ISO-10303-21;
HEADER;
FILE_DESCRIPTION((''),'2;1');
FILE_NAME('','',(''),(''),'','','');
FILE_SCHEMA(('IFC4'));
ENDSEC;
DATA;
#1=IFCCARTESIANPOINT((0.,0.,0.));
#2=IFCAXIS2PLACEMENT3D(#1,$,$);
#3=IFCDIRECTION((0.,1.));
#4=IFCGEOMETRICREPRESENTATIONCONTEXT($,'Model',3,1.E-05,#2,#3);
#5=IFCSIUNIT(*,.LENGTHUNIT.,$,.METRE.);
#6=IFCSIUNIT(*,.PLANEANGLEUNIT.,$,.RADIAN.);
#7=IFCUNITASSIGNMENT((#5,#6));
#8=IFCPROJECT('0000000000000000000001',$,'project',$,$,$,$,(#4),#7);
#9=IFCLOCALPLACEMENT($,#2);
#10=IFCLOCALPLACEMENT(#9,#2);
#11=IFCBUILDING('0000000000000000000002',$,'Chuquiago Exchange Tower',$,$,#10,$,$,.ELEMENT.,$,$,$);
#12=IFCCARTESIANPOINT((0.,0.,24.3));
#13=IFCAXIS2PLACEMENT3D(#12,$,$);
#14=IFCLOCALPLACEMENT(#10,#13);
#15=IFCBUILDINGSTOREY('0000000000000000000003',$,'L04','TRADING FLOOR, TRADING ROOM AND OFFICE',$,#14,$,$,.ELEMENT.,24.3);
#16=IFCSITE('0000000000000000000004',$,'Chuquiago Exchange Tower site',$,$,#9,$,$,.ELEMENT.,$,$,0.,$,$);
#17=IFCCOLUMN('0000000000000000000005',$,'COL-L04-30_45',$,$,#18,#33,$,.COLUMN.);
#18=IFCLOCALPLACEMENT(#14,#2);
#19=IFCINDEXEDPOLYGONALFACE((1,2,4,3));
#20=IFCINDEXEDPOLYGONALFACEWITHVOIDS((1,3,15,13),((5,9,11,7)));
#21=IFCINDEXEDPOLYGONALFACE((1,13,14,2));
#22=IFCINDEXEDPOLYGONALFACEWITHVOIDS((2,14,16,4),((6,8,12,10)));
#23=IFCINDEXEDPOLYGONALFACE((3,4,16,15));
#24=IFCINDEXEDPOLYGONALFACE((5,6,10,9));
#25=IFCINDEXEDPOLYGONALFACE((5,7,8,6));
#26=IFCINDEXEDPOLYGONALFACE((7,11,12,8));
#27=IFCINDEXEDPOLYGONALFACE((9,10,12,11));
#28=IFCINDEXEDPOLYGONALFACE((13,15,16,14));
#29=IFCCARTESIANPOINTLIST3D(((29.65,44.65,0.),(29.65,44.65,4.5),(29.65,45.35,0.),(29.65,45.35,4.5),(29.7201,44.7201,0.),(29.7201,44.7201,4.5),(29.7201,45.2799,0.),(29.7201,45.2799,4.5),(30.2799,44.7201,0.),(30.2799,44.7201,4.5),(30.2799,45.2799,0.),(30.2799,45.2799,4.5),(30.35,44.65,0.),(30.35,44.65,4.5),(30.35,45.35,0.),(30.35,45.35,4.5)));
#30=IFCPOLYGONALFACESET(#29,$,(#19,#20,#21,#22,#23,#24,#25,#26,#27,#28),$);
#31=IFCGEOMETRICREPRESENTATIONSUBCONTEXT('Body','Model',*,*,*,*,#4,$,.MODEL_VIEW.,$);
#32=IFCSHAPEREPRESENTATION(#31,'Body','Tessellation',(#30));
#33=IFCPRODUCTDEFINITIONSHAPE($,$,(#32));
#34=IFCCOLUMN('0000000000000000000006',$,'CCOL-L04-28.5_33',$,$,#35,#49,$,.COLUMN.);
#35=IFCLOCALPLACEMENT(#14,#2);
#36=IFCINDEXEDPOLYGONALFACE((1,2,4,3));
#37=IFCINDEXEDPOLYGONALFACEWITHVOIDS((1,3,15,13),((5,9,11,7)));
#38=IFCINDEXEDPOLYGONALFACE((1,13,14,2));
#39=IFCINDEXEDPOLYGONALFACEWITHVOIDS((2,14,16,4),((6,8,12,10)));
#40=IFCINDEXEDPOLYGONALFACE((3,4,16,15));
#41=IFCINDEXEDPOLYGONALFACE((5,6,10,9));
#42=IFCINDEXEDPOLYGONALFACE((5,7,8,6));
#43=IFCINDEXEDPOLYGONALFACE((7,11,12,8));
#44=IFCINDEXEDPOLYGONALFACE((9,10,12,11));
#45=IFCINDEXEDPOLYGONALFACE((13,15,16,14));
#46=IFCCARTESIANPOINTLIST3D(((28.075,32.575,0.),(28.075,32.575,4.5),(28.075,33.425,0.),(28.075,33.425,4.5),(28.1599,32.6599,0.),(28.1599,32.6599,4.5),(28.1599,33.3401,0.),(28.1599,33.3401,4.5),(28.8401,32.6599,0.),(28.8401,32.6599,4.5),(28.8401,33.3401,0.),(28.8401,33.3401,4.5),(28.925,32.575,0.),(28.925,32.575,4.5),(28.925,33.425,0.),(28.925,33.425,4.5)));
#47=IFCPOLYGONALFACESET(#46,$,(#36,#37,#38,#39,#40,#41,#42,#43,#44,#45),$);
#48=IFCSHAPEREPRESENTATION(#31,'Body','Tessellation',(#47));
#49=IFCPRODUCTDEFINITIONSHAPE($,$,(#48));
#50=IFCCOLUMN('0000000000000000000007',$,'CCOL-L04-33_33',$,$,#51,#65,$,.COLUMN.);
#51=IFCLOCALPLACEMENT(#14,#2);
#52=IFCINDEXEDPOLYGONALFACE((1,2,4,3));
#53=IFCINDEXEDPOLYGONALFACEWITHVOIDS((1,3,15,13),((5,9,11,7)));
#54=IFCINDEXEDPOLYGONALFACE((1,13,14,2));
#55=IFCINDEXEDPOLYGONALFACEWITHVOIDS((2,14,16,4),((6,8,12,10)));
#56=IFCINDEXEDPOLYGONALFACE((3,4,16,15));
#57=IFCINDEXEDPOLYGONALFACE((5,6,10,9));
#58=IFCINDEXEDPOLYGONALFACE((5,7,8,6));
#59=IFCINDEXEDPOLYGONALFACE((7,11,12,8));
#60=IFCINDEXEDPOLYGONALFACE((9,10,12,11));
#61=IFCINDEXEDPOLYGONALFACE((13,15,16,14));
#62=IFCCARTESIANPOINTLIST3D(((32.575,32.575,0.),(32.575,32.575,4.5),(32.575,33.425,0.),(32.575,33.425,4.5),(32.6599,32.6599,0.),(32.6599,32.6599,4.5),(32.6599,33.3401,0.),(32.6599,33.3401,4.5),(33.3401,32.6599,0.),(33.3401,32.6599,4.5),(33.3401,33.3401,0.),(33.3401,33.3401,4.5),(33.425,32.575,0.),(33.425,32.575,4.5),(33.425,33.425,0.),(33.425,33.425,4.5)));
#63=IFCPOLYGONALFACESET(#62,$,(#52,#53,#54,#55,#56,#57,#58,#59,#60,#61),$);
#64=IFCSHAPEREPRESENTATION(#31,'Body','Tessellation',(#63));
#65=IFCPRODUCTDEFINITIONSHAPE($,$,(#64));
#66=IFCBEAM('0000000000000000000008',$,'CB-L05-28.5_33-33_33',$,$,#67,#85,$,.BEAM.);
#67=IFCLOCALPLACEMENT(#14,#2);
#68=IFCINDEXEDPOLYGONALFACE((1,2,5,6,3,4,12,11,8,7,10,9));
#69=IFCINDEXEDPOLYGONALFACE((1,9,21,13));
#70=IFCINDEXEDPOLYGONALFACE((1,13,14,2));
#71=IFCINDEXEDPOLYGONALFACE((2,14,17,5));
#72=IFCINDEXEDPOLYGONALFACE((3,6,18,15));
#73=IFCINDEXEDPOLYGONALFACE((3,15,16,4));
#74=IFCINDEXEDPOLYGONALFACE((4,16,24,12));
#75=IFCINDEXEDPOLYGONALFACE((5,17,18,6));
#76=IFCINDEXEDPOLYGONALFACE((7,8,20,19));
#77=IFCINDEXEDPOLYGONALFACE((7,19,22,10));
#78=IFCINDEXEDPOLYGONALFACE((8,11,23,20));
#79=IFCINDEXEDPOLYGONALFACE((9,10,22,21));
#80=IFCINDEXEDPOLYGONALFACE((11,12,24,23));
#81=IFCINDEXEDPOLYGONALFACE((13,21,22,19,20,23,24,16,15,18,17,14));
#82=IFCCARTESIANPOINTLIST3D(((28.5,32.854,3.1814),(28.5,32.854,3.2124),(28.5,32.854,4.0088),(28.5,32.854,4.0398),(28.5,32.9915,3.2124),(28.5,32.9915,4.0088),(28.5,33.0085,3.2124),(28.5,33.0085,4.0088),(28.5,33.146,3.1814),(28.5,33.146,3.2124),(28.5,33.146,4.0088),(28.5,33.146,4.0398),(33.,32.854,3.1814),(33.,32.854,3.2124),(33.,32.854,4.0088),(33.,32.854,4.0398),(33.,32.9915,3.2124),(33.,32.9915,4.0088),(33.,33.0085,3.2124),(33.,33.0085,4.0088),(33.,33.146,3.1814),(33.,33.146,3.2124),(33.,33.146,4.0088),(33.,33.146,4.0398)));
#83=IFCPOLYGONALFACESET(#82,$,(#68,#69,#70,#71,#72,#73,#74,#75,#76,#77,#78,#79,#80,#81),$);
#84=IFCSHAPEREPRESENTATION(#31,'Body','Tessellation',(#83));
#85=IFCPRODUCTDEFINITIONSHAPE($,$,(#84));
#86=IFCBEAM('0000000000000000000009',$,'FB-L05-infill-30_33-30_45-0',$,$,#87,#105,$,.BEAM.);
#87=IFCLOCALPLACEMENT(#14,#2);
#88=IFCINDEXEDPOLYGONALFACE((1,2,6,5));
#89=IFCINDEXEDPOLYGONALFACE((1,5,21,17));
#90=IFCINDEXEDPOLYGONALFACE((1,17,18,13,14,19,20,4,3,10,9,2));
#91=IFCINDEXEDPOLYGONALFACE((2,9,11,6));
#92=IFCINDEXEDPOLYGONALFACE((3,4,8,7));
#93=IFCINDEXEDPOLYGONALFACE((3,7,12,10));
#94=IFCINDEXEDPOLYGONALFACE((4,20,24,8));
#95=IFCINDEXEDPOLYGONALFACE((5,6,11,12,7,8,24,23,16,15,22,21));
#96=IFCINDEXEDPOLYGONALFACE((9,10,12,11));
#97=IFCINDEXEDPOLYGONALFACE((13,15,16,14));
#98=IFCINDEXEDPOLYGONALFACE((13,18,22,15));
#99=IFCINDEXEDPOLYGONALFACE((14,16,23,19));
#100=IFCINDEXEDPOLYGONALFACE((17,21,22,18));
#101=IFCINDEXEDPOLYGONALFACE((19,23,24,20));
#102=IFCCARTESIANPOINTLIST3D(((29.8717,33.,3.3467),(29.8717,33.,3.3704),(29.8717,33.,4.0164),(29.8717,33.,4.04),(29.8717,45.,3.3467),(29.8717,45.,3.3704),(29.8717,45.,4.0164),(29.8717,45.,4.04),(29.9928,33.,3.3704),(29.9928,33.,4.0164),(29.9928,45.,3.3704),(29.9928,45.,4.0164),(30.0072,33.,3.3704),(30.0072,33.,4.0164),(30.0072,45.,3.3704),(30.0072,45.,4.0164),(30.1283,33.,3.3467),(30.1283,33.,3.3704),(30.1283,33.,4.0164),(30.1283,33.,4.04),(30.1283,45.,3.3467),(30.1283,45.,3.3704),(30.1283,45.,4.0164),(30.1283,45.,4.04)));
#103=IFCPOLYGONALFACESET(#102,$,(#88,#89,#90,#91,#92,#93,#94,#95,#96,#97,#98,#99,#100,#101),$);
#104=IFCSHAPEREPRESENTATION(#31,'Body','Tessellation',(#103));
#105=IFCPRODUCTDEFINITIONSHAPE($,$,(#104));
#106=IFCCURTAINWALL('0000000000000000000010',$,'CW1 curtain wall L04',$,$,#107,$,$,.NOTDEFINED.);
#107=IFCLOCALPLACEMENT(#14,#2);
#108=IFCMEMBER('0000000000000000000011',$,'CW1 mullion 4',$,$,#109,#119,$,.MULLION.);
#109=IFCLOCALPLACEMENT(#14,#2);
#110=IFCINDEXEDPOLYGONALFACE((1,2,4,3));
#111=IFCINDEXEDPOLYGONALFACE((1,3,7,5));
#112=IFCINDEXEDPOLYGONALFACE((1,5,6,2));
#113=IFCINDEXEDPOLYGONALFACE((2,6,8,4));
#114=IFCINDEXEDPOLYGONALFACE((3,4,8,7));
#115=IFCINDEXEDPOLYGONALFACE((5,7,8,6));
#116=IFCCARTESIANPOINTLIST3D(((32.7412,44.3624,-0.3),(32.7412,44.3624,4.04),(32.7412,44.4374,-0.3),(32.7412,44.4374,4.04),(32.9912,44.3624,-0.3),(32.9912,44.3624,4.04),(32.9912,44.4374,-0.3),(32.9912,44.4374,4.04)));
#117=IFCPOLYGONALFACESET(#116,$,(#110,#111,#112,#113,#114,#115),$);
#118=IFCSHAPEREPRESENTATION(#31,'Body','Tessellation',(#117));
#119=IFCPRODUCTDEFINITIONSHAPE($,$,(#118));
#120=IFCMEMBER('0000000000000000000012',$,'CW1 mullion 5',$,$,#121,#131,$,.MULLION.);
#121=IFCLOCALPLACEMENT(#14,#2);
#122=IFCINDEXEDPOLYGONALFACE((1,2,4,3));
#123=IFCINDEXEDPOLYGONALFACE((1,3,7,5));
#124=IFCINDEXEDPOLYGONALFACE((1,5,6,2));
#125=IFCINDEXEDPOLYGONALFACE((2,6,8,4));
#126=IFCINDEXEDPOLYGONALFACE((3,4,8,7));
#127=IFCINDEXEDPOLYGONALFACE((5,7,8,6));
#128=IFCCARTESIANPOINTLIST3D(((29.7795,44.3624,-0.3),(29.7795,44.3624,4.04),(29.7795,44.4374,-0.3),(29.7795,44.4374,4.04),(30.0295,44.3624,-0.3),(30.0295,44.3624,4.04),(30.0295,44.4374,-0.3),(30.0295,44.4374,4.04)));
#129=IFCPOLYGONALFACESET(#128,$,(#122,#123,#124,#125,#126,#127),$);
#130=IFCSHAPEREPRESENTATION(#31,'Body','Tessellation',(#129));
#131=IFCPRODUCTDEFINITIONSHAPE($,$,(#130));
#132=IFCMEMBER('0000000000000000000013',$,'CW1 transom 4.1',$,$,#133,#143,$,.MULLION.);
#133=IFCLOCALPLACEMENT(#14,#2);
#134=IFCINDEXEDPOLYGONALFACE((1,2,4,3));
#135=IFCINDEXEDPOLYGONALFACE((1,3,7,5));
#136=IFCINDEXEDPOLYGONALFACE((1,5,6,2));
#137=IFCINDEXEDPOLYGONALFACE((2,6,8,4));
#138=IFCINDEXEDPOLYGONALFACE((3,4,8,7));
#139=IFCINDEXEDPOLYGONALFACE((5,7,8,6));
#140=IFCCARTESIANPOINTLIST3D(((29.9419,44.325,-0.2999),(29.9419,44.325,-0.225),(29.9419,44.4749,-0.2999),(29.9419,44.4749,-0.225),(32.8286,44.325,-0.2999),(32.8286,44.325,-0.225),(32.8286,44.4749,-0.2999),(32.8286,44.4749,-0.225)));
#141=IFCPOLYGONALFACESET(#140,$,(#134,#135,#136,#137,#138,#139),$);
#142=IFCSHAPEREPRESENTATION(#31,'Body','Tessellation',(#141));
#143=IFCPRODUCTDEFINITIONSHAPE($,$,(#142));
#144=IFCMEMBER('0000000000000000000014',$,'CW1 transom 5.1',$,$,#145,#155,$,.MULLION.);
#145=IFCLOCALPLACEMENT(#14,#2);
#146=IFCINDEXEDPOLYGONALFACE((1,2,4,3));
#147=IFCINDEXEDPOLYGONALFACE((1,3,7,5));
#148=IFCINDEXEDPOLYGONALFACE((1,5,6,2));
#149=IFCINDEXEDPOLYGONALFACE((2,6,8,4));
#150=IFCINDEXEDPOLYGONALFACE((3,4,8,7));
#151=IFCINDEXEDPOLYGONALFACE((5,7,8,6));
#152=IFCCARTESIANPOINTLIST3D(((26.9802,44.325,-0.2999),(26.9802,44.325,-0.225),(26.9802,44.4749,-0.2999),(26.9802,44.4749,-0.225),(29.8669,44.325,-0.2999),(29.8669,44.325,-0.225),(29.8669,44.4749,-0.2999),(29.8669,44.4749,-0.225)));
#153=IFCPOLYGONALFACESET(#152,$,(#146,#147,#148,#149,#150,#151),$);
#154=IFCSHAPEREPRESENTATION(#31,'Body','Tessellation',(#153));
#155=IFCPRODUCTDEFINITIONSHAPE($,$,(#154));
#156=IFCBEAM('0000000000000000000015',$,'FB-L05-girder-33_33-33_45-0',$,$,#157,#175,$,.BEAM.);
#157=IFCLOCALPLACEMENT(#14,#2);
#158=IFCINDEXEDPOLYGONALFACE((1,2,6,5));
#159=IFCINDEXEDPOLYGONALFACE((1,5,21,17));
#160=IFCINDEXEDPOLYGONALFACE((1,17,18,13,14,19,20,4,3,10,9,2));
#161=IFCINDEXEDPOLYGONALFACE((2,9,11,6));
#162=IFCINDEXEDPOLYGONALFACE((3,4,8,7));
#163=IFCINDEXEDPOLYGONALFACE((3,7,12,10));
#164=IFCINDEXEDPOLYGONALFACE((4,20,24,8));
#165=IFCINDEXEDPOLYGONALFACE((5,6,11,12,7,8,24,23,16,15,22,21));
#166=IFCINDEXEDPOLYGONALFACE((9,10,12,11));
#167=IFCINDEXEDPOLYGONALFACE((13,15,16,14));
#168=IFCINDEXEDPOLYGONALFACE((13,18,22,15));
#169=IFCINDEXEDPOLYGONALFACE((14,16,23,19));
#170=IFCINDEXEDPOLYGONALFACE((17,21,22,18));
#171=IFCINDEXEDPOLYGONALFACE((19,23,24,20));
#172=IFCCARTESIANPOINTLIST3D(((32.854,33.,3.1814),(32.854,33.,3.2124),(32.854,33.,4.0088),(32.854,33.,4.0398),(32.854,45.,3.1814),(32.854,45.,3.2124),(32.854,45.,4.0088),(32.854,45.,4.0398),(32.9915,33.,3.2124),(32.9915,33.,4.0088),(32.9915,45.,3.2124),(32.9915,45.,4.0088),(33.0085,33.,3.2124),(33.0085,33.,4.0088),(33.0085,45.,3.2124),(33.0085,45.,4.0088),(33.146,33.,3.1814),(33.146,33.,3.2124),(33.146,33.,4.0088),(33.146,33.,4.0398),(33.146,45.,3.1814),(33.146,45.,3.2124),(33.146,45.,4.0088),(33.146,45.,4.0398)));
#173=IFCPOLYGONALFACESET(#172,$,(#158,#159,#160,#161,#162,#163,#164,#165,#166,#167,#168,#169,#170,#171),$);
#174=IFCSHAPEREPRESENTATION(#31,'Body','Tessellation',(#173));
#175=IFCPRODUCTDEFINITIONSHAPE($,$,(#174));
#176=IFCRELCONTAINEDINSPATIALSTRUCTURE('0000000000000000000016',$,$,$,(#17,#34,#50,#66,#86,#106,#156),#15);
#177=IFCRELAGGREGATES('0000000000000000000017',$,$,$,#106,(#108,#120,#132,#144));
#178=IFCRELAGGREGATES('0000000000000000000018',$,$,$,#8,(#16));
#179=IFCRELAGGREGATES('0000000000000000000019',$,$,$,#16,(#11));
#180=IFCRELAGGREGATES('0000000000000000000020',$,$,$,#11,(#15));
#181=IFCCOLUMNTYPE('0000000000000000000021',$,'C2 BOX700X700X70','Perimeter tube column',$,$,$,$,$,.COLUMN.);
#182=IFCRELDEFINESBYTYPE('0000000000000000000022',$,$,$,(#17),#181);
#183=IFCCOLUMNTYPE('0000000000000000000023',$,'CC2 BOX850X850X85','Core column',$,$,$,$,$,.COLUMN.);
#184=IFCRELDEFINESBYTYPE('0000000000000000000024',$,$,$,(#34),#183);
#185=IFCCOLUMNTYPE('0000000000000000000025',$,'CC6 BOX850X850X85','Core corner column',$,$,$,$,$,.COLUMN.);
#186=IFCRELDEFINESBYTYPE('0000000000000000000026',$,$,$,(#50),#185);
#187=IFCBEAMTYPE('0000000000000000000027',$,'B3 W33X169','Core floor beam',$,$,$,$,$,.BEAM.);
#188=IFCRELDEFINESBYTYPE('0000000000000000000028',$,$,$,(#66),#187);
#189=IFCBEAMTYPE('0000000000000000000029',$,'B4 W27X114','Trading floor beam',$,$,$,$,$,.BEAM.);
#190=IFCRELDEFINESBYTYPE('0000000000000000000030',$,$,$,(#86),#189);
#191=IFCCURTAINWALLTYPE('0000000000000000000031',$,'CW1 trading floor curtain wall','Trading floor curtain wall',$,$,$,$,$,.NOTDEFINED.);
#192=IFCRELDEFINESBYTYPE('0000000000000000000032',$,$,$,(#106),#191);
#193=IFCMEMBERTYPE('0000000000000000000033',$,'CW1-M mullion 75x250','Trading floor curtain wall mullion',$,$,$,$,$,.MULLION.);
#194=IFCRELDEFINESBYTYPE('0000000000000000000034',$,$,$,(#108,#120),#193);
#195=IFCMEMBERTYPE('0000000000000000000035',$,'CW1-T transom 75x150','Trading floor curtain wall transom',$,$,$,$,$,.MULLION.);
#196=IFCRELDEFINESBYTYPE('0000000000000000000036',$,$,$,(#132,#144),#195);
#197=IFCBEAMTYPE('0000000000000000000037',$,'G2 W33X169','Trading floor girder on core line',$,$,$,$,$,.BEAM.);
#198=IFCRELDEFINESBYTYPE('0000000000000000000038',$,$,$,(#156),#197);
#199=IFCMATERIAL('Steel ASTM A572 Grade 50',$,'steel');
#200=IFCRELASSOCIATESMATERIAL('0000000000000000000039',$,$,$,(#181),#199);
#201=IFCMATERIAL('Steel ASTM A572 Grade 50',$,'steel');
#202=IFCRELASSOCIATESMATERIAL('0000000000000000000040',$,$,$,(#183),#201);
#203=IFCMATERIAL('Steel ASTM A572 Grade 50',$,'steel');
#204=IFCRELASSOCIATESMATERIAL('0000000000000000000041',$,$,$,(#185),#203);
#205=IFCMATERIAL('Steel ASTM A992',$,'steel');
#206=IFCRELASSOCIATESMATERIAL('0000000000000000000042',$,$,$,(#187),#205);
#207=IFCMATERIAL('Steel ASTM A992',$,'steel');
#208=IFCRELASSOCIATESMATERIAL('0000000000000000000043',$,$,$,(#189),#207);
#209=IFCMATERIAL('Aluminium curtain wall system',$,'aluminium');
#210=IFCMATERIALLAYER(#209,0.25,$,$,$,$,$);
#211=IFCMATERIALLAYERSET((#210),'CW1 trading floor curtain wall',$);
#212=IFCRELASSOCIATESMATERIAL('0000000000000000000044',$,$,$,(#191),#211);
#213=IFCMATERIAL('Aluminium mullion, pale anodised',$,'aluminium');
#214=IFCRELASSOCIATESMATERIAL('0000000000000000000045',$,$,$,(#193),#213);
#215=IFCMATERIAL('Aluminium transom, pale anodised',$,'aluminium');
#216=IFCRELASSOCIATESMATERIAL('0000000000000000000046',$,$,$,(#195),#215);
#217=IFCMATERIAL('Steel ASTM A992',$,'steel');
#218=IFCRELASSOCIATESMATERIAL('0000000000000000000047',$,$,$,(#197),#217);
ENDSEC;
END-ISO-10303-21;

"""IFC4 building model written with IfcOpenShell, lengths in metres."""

from ifc_helpers import new_model, si_unit, direction, frame, origin, origin_2d, place, context, subcontext, project, spatial, rectangle, hollow_rectangle, i_section, extrude, material, layer, layer_set, material_profile, profile_set, type_object, element, aggregate, save


model = new_model("IFC4")

# Units and contexts
model_context = context("Model", 3, precision=1e-05, world=origin(), true_north=direction((0.0, 1.0)))
body_context = subcontext(model_context, "Body", "Model", "MODEL_VIEW")
ifc_project = project(units=[si_unit("LENGTHUNIT", "METRE"), si_unit("PLANEANGLEUNIT", "RADIAN")], contexts=[model_context])

# Site, building, storey
site_placement = place(None, origin())
site = spatial("IfcSite", under=ifc_project, at=site_placement, Name="Chuquiago Exchange Tower site", CompositionType="ELEMENT", RefElevation=0.0)
building_placement = place(site_placement, origin())
building = spatial("IfcBuilding", under=site, at=building_placement, Name="Chuquiago Exchange Tower", CompositionType="ELEMENT")
storey_placement = place(building_placement, frame((0.0, 0.0, 24.3)))
storey = spatial("IfcBuildingStorey", under=building, at=storey_placement, Name="L04", Description="TRADING FLOOR, TRADING ROOM AND OFFICE", CompositionType="ELEMENT", Elevation=24.3)

# Columns
ifc_material_1 = material(Name="Steel ASTM A572 Grade 50", Category="steel")
ifc_material_profile_1 = material_profile(ifc_material_1, hollow_rectangle(XDim=0.7, YDim=0.7, WallThickness=0.0701, at=origin_2d()), Name="BOX700X700X70")
ifc_profile_set_1 = profile_set([ifc_material_profile_1], Name="Steel ASTM A572 Grade 50")
column_type_1 = type_object("IfcColumnType", Name="C2 BOX700X700X70", Description="Perimeter tube column", PredefinedType="COLUMN", material=ifc_profile_set_1)
column_1_placement = place(storey_placement, frame((30.0, 45.0, 0.0), z_axis=(0.0, 0.0, 1.0), x_axis=(0.0, 1.0, 0.0)))
element("IfcColumn", 1, at=column_1_placement, inside=storey, type_object=column_type_1, Name="COL-L04-30_45", PredefinedType="COLUMN", context=body_context, shape_type="SweptSolid", body=[
    extrude(hollow_rectangle(XDim=0.7, YDim=0.7, WallThickness=0.0701, at=origin_2d()), origin(), (0.0, 0.0, 1.0), 4.5),
])
ifc_material_2 = material(Name="Steel ASTM A572 Grade 50", Category="steel")
ifc_material_profile_2 = material_profile(ifc_material_2, hollow_rectangle(XDim=0.8501, YDim=0.8501, WallThickness=0.085, at=origin_2d()), Name="BOX850X850X85")
ifc_profile_set_2 = profile_set([ifc_material_profile_2], Name="Steel ASTM A572 Grade 50")
column_type_2 = type_object("IfcColumnType", Name="CC2 BOX850X850X85", Description="Core column", PredefinedType="COLUMN", material=ifc_profile_set_2)
column_2_placement = place(storey_placement, frame((28.5, 33.0, 0.0), z_axis=(0.0, 0.0, 1.0), x_axis=(1.0, 0.0, 0.0)))
element("IfcColumn", 2, at=column_2_placement, inside=storey, type_object=column_type_2, Name="CCOL-L04-28.5_33", PredefinedType="COLUMN", context=body_context, shape_type="SweptSolid", body=[
    extrude(hollow_rectangle(XDim=0.8501, YDim=0.8501, WallThickness=0.085, at=origin_2d()), origin(), (0.0, 0.0, 1.0), 4.5),
])
ifc_material_3 = material(Name="Steel ASTM A572 Grade 50", Category="steel")
ifc_material_profile_3 = material_profile(ifc_material_3, hollow_rectangle(XDim=0.8501, YDim=0.8501, WallThickness=0.085, at=origin_2d()), Name="BOX850X850X85")
ifc_profile_set_3 = profile_set([ifc_material_profile_3], Name="Steel ASTM A572 Grade 50")
column_type_3 = type_object("IfcColumnType", Name="CC6 BOX850X850X85", Description="Core corner column", PredefinedType="COLUMN", material=ifc_profile_set_3)
column_3_placement = place(storey_placement, frame((33.0, 33.0, 0.0), z_axis=(0.0, 0.0, 1.0), x_axis=(1.0, 0.0, 0.0)))
element("IfcColumn", 3, at=column_3_placement, inside=storey, type_object=column_type_3, Name="CCOL-L04-33_33", PredefinedType="COLUMN", context=body_context, shape_type="SweptSolid", body=[
    extrude(hollow_rectangle(XDim=0.8501, YDim=0.8501, WallThickness=0.085, at=origin_2d()), origin(), (0.0, 0.0, 1.0), 4.5),
])

# Beams
ifc_material_4 = material(Name="Steel ASTM A992", Category="steel")
ifc_material_profile_4 = material_profile(ifc_material_4, i_section(OverallWidth=0.292, OverallDepth=0.8584, WebThickness=0.0171, FlangeThickness=0.031, at=origin_2d()), Name="W33X169")
ifc_profile_set_4 = profile_set([ifc_material_profile_4], Name="Steel ASTM A992")
beam_type_1 = type_object("IfcBeamType", Name="B3 W33X169", Description="Core floor beam", PredefinedType="BEAM", material=ifc_profile_set_4)
beam_1_placement = place(storey_placement, frame((28.5, 33.0, 3.6106), z_axis=(1.0, 0.0, 0.0), x_axis=(0.0, 1.0, 0.0)))
element("IfcBeam", 4, at=beam_1_placement, inside=storey, type_object=beam_type_1, Name="CB-L05-28.5_33-33_33", PredefinedType="BEAM", context=body_context, shape_type="SweptSolid", body=[
    extrude(i_section(OverallWidth=0.292, OverallDepth=0.8584, WebThickness=0.0171, FlangeThickness=0.031, at=origin_2d()), origin(), (0.0, 0.0, 1.0), 4.5),
])
ifc_material_5 = material(Name="Steel ASTM A992", Category="steel")
ifc_material_profile_5 = material_profile(ifc_material_5, i_section(OverallWidth=0.2566, OverallDepth=0.6934, WebThickness=0.0144, FlangeThickness=0.0237, at=origin_2d()), Name="W27X114")
ifc_profile_set_5 = profile_set([ifc_material_profile_5], Name="Steel ASTM A992")
beam_type_2 = type_object("IfcBeamType", Name="B4 W27X114", Description="Trading floor beam", PredefinedType="BEAM", material=ifc_profile_set_5)
beam_2_placement = place(storey_placement, frame((30.0, 33.0, 3.6934), z_axis=(0.0, 1.0, 0.0), x_axis=(-1.0, 0.0, 0.0)))
element("IfcBeam", 5, at=beam_2_placement, inside=storey, type_object=beam_type_2, Name="FB-L05-infill-30_33-30_45-0", PredefinedType="BEAM", context=body_context, shape_type="SweptSolid", body=[
    extrude(i_section(OverallWidth=0.2566, OverallDepth=0.6934, WebThickness=0.0144, FlangeThickness=0.0237, at=origin_2d()), origin(), (0.0, 0.0, 1.0), 12.0),
])

# Curtain wall, members
ifc_material_6 = material(Name="Aluminium curtain wall system", Category="aluminium")
ifc_layer_1 = layer(ifc_material_6, 0.25)
ifc_layer_set_1 = layer_set([ifc_layer_1], Name="CW1 trading floor curtain wall")
curtain_wall_type = type_object("IfcCurtainWallType", Name="CW1 trading floor curtain wall", Description="Trading floor curtain wall", PredefinedType="NOTDEFINED", material=ifc_layer_set_1)
curtain_wall_placement = place(storey_placement, origin())
curtain_wall = element("IfcCurtainWall", 6, at=curtain_wall_placement, inside=storey, type_object=curtain_wall_type, Name="CW1 curtain wall L04", PredefinedType="NOTDEFINED")
ifc_material_7 = material(Name="Aluminium mullion, pale anodised", Category="aluminium")
ifc_material_profile_6 = material_profile(ifc_material_7, rectangle(XDim=0.075, YDim=0.25, at=origin_2d()), Name="AL 75x250")
ifc_profile_set_6 = profile_set([ifc_material_profile_6], Name="Aluminium mullion, pale anodised")
member_type_1 = type_object("IfcMemberType", Name="CW1-M mullion 75x250", Description="Trading floor curtain wall mullion", PredefinedType="MULLION", material=ifc_profile_set_6)
member_1_placement = place(storey_placement, frame((32.8662, 44.3999, -0.3), z_axis=(0.0, 0.0, 1.0), x_axis=(0.0, -1.0, 0.0)))
member_1 = element("IfcMember", 7, at=member_1_placement, type_object=member_type_1, Name="CW1 mullion 4", PredefinedType="MULLION", context=body_context, shape_type="SweptSolid", body=[
    extrude(rectangle(XDim=0.075, YDim=0.25, at=origin_2d()), origin(), (0.0, 0.0, 1.0), 4.3401),
])
member_2_placement = place(storey_placement, frame((29.9045, 44.3999, -0.3), z_axis=(0.0, 0.0, 1.0), x_axis=(0.0, -1.0, 0.0)))
member_2 = element("IfcMember", 8, at=member_2_placement, type_object=member_type_1, Name="CW1 mullion 5", PredefinedType="MULLION", context=body_context, shape_type="SweptSolid", body=[
    extrude(rectangle(XDim=0.075, YDim=0.25, at=origin_2d()), origin(), (0.0, 0.0, 1.0), 4.3401),
])
ifc_material_8 = material(Name="Aluminium transom, pale anodised", Category="aluminium")
ifc_material_profile_7 = material_profile(ifc_material_8, rectangle(XDim=0.1499, YDim=0.075, at=origin_2d()), Name="AL 150x75")
ifc_profile_set_7 = profile_set([ifc_material_profile_7], Name="Aluminium transom, pale anodised")
member_type_2 = type_object("IfcMemberType", Name="CW1-T transom 75x150", Description="Trading floor curtain wall transom", PredefinedType="MULLION", material=ifc_profile_set_7)
member_3_placement = place(storey_placement, frame((32.8286, 44.3999, -0.2625), z_axis=(-1.0, 0.0, 0.0), x_axis=(0.0, -1.0, 0.0)))
member_3 = element("IfcMember", 9, at=member_3_placement, type_object=member_type_2, Name="CW1 transom 4.1", PredefinedType="MULLION", context=body_context, shape_type="SweptSolid", body=[
    extrude(rectangle(XDim=0.1499, YDim=0.075, at=origin_2d()), origin(), (0.0, 0.0, 1.0), 2.8867),
])
member_4_placement = place(storey_placement, frame((29.8669, 44.3999, -0.2625), z_axis=(-1.0, 0.0, 0.0), x_axis=(0.0, -1.0, 0.0)))
member_4 = element("IfcMember", 10, at=member_4_placement, type_object=member_type_2, Name="CW1 transom 5.1", PredefinedType="MULLION", context=body_context, shape_type="SweptSolid", body=[
    extrude(rectangle(XDim=0.1499, YDim=0.075, at=origin_2d()), origin(), (0.0, 0.0, 1.0), 2.8867),
])

# Beam
ifc_material_9 = material(Name="Steel ASTM A992", Category="steel")
ifc_material_profile_8 = material_profile(ifc_material_9, i_section(OverallWidth=0.292, OverallDepth=0.8584, WebThickness=0.0171, FlangeThickness=0.031, at=origin_2d()), Name="W33X169")
ifc_profile_set_8 = profile_set([ifc_material_profile_8], Name="Steel ASTM A992")
beam_type_3 = type_object("IfcBeamType", Name="G2 W33X169", Description="Trading floor girder on core line", PredefinedType="BEAM", material=ifc_profile_set_8)
for number, where, z_axis, x_axis, name in (
    (11, (33.0, 33.0, 3.6106), (0.0, 1.0, 0.0), (-1.0, 0.0, 0.0), "FB-L05-girder-33_33-33_45-0"),
):
    element("IfcBeam", number, at=place(storey_placement, frame(where, z_axis=z_axis, x_axis=x_axis)), inside=storey, type_object=beam_type_3, Name=name, PredefinedType="BEAM", context=body_context, shape_type="SweptSolid", body=[
        extrude(i_section(OverallWidth=0.292, OverallDepth=0.8584, WebThickness=0.0171, FlangeThickness=0.031, at=origin_2d()), origin(), (0.0, 0.0, 1.0), 12.0),
    ])

aggregate(curtain_wall, [member_1, member_2, member_3, member_4])

save(model, "model.ifc")
